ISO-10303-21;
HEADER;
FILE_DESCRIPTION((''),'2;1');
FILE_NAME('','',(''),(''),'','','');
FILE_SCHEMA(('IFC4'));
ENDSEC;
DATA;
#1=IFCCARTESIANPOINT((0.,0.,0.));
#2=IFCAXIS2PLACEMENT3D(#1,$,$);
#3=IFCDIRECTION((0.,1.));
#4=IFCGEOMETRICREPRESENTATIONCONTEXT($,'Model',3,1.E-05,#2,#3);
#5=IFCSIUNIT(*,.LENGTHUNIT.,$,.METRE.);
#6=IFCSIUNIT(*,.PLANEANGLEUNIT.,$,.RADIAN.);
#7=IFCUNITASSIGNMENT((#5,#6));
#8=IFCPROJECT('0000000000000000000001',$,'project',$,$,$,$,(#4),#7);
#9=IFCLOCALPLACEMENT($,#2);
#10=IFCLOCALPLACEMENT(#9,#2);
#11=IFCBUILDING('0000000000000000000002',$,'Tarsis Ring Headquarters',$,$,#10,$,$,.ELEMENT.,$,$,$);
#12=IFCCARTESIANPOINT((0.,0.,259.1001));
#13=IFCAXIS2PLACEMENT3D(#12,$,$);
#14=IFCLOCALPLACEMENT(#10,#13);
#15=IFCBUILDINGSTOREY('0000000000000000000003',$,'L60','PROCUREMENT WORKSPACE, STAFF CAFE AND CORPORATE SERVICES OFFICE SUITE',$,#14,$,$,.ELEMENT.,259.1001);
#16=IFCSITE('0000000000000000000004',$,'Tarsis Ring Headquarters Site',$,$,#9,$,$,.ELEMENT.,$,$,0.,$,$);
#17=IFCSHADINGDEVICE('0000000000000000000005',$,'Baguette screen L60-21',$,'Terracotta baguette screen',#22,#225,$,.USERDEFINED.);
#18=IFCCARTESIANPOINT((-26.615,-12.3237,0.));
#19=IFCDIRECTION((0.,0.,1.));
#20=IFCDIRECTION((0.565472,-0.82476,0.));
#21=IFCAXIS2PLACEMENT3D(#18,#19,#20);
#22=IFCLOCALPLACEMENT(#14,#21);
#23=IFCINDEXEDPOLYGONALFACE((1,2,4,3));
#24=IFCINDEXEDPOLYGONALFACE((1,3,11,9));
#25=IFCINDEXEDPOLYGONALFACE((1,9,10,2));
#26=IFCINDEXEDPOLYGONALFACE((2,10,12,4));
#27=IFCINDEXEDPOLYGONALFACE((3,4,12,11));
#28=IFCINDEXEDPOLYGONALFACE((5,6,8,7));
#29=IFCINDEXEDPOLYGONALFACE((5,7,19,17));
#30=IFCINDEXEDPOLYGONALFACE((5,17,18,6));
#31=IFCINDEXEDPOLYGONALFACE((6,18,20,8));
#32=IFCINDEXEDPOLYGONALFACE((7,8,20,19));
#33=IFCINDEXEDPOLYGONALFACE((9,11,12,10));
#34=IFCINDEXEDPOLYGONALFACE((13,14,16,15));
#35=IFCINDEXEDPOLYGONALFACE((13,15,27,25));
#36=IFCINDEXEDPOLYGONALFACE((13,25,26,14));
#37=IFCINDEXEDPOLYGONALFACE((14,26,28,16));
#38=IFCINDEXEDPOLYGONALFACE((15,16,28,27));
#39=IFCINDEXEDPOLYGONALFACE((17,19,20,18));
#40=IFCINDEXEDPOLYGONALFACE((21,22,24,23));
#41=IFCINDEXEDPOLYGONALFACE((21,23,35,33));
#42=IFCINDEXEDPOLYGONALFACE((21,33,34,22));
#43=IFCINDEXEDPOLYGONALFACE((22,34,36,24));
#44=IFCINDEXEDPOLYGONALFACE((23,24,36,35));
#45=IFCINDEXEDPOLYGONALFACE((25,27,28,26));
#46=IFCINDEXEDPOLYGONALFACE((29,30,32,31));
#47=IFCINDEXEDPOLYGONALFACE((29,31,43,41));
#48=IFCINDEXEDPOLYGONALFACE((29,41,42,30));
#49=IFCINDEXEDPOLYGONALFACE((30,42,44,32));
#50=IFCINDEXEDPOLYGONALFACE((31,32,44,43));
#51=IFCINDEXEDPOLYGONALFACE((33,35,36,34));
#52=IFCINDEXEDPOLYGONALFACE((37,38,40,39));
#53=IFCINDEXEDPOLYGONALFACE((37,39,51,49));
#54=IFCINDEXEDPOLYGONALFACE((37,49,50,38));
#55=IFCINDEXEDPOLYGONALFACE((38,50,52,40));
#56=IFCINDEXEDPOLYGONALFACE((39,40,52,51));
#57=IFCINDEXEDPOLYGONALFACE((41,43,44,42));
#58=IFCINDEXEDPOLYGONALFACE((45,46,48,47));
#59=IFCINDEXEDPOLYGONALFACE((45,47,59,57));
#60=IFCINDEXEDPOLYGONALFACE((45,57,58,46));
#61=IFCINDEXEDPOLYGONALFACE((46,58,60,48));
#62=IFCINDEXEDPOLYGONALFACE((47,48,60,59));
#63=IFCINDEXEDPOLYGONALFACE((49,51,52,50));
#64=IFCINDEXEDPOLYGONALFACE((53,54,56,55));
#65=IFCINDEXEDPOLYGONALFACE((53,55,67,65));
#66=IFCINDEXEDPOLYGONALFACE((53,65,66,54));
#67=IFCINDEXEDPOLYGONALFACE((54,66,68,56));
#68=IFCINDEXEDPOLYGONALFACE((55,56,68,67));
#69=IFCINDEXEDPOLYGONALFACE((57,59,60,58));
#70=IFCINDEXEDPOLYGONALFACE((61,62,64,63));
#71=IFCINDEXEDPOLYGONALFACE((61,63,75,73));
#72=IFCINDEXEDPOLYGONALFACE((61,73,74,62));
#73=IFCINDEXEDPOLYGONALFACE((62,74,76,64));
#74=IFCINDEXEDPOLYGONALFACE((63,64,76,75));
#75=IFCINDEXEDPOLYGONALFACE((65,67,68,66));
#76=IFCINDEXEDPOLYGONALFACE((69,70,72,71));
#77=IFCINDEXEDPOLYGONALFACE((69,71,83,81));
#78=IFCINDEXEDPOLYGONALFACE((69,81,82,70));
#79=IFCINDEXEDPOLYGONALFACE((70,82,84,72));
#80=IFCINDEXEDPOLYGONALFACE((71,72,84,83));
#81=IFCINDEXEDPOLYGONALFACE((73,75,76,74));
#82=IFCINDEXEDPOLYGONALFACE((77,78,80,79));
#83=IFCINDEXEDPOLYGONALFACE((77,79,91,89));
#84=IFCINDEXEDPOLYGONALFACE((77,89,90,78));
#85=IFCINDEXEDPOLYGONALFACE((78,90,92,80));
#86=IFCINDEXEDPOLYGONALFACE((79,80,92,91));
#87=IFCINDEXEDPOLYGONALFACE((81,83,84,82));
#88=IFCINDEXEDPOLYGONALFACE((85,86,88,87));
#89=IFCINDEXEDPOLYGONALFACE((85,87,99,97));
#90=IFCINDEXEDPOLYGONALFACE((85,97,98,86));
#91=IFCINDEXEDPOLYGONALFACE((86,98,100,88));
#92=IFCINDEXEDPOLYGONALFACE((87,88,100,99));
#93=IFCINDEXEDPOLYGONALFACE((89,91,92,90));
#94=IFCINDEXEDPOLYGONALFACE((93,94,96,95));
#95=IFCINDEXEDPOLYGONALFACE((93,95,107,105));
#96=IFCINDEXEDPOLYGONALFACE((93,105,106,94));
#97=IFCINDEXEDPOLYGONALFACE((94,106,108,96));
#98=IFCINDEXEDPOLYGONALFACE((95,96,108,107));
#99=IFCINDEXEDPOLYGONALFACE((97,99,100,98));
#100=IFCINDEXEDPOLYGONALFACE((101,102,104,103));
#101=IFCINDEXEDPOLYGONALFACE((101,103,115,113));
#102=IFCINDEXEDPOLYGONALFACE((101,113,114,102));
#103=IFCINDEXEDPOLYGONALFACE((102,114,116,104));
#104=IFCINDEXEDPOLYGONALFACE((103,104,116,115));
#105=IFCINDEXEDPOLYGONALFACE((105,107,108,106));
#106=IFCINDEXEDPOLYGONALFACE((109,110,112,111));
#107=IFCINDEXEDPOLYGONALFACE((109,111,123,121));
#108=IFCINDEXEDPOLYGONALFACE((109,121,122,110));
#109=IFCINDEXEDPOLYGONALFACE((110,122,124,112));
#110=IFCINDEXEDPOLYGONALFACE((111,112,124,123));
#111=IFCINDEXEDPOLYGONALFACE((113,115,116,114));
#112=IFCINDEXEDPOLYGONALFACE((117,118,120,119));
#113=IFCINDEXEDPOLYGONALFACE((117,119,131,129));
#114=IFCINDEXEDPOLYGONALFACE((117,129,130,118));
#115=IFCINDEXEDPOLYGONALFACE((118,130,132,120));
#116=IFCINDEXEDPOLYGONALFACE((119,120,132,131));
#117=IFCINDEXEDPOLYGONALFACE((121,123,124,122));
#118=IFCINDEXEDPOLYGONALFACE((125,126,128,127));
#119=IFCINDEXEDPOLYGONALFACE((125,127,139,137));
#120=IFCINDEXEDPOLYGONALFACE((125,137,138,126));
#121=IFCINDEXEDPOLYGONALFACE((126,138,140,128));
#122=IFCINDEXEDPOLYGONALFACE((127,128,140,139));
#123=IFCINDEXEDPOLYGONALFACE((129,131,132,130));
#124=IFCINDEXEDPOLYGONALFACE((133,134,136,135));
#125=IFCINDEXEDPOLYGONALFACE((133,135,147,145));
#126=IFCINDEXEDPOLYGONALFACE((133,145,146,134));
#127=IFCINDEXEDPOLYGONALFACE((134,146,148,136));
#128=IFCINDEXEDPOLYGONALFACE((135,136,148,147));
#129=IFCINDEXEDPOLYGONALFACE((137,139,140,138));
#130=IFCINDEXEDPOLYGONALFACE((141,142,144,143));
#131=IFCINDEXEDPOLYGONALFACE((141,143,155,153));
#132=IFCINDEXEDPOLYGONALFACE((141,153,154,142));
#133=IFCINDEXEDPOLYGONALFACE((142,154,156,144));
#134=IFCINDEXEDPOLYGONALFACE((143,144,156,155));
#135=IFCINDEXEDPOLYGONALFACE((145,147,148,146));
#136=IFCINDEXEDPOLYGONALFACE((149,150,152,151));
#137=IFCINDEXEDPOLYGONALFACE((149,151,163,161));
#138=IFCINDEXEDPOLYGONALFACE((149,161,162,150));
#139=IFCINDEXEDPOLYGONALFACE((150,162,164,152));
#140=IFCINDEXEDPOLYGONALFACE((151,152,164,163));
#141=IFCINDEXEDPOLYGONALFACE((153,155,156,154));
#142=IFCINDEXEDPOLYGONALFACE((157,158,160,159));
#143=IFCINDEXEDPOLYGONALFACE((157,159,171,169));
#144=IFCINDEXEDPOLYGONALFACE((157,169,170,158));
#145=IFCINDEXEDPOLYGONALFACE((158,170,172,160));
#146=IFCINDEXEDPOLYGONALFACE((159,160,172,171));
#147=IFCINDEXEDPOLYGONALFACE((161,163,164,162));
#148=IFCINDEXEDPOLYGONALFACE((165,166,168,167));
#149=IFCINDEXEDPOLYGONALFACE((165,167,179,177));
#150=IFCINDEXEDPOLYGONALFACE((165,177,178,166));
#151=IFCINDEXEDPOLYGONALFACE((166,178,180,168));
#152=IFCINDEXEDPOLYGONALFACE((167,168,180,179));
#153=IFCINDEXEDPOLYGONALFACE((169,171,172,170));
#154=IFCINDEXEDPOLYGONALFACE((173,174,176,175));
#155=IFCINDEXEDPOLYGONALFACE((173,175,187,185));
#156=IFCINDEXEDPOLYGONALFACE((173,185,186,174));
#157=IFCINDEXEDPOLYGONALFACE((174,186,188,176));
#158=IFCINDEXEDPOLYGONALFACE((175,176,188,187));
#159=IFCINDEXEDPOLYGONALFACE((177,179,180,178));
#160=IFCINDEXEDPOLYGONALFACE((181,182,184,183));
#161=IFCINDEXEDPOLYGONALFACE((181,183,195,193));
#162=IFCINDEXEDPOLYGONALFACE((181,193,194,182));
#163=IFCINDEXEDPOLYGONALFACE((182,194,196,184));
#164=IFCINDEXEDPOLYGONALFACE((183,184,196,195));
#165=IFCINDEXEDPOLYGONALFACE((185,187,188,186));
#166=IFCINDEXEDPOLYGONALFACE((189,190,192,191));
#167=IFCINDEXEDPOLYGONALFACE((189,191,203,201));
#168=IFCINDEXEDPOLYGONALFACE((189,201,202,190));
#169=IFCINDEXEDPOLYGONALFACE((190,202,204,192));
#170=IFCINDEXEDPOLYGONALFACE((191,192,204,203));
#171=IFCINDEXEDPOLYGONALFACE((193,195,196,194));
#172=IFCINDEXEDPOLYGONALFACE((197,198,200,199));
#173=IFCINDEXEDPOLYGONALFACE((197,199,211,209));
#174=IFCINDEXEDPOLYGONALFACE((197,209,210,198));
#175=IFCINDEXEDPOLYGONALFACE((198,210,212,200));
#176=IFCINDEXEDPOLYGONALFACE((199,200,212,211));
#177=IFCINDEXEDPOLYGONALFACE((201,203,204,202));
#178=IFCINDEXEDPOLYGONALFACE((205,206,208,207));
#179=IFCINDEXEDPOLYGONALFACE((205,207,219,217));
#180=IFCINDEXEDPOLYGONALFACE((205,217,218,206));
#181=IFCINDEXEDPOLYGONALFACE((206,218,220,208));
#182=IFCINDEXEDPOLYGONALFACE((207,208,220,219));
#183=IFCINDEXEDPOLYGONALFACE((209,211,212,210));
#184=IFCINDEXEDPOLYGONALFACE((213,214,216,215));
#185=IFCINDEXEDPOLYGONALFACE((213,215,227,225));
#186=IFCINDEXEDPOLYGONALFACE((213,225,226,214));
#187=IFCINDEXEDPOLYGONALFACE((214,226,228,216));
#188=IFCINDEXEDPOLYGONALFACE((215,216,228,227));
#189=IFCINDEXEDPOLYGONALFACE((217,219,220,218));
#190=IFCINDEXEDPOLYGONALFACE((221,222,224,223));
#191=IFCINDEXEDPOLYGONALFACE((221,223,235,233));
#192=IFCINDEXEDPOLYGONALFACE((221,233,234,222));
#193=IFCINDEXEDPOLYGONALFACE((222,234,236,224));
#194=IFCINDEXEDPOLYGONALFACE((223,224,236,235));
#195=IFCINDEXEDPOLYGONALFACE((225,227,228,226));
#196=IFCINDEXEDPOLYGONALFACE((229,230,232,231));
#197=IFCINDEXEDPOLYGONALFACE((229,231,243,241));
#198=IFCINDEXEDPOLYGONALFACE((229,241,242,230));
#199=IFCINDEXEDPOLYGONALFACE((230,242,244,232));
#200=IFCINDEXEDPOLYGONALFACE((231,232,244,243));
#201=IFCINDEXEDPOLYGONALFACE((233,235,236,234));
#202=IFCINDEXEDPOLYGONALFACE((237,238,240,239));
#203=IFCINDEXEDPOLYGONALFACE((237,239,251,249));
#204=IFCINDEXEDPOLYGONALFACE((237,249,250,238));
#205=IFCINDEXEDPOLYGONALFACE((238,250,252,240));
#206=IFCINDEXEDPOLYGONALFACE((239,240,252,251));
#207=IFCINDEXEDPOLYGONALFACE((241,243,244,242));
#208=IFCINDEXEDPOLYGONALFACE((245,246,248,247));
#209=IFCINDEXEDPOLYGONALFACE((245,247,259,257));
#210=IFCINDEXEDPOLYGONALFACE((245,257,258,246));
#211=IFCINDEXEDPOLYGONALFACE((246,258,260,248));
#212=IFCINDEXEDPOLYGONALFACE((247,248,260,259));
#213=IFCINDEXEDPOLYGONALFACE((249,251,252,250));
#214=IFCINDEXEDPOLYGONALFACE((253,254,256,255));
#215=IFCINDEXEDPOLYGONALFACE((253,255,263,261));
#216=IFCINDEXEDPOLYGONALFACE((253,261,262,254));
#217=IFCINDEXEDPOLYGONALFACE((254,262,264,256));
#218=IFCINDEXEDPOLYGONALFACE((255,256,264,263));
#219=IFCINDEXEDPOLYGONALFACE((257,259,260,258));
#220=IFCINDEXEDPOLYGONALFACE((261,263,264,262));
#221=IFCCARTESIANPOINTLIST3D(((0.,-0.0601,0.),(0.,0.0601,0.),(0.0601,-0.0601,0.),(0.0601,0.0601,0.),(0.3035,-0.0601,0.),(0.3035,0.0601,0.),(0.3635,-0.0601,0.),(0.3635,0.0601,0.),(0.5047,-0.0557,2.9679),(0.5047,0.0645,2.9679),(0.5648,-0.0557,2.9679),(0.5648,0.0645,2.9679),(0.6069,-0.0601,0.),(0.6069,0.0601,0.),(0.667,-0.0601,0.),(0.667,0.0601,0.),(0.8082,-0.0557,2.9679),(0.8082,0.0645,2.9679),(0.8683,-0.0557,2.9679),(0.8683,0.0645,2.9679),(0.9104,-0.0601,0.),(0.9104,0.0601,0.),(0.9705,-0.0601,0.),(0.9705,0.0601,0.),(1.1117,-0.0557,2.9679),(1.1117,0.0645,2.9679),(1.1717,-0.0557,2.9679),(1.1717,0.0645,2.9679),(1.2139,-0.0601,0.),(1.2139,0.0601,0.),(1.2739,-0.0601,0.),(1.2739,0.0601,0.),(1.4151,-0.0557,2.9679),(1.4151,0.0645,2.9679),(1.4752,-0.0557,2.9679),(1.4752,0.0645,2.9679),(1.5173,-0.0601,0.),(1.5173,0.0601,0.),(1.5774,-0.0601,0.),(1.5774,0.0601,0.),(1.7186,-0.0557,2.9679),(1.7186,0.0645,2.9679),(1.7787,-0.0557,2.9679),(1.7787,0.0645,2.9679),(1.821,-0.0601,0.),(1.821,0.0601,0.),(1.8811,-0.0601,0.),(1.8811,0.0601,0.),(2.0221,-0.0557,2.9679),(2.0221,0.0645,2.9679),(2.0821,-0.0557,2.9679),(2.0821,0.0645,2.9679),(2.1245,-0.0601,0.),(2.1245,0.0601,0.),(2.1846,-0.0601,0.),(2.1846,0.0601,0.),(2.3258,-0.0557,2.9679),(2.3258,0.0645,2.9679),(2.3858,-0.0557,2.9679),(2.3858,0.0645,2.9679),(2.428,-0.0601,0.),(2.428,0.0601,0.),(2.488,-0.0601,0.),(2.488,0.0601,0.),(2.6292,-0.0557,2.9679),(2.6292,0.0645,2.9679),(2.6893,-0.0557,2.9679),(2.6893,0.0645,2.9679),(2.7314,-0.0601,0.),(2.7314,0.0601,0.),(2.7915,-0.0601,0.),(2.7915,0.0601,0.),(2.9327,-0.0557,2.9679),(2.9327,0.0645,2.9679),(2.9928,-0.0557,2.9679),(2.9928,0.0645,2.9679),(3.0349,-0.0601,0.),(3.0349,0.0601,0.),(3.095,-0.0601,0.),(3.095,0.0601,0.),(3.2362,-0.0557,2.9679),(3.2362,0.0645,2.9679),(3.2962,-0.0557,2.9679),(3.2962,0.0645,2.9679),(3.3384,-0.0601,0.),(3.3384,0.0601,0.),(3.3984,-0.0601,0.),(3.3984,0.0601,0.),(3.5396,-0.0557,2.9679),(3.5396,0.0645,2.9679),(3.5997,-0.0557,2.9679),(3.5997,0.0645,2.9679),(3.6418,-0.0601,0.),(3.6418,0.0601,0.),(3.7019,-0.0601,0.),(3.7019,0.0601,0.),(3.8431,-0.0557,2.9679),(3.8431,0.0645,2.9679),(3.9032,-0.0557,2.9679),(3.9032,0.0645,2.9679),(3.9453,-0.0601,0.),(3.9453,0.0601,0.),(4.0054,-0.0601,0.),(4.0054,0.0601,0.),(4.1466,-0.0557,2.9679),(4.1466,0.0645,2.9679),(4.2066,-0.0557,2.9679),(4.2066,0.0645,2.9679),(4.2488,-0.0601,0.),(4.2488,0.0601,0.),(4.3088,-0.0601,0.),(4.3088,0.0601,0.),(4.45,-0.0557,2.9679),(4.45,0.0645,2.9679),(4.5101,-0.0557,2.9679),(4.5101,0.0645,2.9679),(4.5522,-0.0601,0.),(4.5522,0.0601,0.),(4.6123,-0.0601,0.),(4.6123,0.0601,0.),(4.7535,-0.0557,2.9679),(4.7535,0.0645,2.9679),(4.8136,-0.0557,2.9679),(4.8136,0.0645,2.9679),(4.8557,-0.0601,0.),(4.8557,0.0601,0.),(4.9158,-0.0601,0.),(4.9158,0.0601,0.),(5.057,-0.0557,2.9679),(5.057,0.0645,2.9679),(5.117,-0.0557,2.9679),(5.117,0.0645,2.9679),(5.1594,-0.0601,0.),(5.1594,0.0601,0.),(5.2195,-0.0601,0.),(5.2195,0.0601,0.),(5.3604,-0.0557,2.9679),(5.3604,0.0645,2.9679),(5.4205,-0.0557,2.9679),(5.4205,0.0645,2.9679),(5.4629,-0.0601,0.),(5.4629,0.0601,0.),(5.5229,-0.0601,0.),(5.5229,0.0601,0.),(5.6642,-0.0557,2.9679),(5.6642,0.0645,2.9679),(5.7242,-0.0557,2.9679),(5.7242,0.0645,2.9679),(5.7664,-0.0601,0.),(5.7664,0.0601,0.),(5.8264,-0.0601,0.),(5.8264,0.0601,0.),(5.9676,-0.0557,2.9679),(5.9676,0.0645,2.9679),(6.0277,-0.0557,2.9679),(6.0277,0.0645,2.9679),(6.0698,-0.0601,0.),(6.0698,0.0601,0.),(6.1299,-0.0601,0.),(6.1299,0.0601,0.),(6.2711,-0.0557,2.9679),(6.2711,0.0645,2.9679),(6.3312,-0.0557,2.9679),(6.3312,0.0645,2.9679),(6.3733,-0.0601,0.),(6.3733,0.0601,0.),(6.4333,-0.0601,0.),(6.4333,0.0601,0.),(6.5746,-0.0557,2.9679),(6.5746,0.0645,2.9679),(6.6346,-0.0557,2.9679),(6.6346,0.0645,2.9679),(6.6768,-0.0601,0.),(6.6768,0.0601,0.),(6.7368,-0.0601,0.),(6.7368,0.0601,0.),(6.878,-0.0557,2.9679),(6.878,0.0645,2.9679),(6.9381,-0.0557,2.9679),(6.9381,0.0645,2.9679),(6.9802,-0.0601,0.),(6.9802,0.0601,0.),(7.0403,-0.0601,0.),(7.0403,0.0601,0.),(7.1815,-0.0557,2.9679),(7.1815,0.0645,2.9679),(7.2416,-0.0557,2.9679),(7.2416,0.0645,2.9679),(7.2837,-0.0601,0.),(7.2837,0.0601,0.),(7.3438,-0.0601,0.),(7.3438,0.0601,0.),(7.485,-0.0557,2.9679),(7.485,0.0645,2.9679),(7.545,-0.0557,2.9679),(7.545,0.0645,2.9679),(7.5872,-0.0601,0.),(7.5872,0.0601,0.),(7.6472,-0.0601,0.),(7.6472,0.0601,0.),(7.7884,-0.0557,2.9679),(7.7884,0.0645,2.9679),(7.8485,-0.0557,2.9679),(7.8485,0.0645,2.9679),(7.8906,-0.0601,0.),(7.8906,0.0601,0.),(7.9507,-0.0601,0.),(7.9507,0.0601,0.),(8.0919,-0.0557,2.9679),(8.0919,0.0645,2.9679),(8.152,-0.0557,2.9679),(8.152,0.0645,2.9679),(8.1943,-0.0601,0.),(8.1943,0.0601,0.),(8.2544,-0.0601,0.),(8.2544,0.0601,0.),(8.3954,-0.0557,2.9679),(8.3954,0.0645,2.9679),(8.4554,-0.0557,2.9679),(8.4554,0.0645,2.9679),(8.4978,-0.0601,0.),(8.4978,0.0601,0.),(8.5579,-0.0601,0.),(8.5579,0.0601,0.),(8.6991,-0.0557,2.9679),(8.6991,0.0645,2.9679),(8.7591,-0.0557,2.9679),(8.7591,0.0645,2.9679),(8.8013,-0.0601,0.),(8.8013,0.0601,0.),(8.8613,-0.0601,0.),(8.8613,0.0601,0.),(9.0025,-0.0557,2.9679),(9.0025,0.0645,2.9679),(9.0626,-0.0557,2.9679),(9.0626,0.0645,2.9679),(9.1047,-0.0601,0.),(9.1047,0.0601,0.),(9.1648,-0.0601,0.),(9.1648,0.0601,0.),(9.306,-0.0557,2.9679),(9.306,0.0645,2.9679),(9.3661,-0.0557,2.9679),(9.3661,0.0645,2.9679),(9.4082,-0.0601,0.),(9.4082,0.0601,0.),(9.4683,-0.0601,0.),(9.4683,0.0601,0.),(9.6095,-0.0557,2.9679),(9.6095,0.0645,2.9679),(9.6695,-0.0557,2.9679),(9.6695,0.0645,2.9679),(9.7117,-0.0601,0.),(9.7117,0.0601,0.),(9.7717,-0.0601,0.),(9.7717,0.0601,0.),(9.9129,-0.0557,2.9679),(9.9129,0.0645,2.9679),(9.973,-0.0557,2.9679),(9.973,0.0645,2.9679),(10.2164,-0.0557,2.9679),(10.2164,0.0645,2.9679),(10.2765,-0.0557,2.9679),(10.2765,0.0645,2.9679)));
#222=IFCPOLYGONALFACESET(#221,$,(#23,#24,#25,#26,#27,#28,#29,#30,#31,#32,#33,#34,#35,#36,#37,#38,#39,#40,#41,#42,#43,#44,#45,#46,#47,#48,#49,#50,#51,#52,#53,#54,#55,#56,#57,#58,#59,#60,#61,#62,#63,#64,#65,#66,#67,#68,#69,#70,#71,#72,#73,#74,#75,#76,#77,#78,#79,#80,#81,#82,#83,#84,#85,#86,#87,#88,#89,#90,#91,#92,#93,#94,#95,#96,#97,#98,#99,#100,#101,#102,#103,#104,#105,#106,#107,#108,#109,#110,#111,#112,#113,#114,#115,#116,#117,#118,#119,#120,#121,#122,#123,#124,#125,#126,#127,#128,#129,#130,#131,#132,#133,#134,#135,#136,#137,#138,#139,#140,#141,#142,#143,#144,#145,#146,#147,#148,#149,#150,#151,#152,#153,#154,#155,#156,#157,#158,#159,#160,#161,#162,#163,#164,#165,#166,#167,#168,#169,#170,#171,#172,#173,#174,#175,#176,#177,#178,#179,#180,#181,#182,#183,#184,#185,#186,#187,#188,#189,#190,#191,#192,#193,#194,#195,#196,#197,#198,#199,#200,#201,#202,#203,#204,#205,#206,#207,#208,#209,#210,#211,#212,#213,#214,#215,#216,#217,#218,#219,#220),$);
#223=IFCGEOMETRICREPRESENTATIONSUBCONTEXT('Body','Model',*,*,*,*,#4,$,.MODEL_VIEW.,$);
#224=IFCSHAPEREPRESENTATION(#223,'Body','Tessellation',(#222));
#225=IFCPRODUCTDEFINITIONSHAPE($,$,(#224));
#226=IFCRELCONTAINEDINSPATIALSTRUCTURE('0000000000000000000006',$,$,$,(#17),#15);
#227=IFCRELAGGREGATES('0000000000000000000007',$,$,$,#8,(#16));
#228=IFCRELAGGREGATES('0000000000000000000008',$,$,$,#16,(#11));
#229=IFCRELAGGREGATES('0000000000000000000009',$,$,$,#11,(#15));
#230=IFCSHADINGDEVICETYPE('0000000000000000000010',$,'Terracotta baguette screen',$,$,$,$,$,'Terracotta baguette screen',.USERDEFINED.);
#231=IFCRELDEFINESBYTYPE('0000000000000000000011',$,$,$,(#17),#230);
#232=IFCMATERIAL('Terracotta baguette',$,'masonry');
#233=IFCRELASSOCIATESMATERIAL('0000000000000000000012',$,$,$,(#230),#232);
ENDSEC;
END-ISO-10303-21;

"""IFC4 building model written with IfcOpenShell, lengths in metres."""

from ifc_helpers import new_model, si_unit, direction, frame, frame_2d, origin, place, context, subcontext, project, spatial, rectangle, composite_profile, extrude, material, type_object, element, save


model = new_model("IFC4")

# Units and contexts
model_context = context("Model", 3, precision=1e-05, world=origin(), true_north=direction((0.0, 1.0)))
body_context = subcontext(model_context, "Body", "Model", "MODEL_VIEW")
ifc_project = project(units=[si_unit("LENGTHUNIT", "METRE"), si_unit("PLANEANGLEUNIT", "RADIAN")], contexts=[model_context])

# Site, building, storey
site_placement = place(None, origin())
site = spatial("IfcSite", under=ifc_project, at=site_placement, Name="Tarsis Ring Headquarters Site", CompositionType="ELEMENT", RefElevation=0.0)
building_placement = place(site_placement, origin())
building = spatial("IfcBuilding", under=site, at=building_placement, Name="Tarsis Ring Headquarters", CompositionType="ELEMENT")
storey_placement = place(building_placement, frame((0.0, 0.0, 259.1001)))
storey = spatial("IfcBuildingStorey", under=building, at=storey_placement, Name="L60", Description="PROCUREMENT WORKSPACE, STAFF CAFE AND CORPORATE SERVICES OFFICE SUITE", CompositionType="ELEMENT", Elevation=259.1001)

# Shading device
ifc_material_1 = material(Name="Terracotta baguette", Category="masonry")
shading_device_type_1 = type_object("IfcShadingDeviceType", Name="Terracotta baguette screen", ElementType="Terracotta baguette screen", PredefinedType="USERDEFINED", material=ifc_material_1)
shading_device_1_placement = place(storey_placement, frame((-26.615, -12.3237, 0.0), z_axis=(0.0, 0.0, 1.0), x_axis=(0.565472, -0.82476, 0.0)))
element("IfcShadingDevice", 1, at=shading_device_1_placement, inside=storey, type_object=shading_device_type_1, Name="Baguette screen L60-21", ObjectType="Terracotta baguette screen", PredefinedType="USERDEFINED", context=body_context, shape_type="SweptSolid", body=[
    extrude(composite_profile([rectangle(XDim=0.0601, YDim=0.1201, at=frame_2d((0.03, 0.0))), rectangle(XDim=0.0601, YDim=0.1201, at=frame_2d((0.3335, 0.0))), rectangle(XDim=0.0601, YDim=0.1201, at=frame_2d((0.637, 0.0))), rectangle(XDim=0.0601, YDim=0.1201, at=frame_2d((0.9404, 0.0))), rectangle(XDim=0.0601, YDim=0.1201, at=frame_2d((1.2439, 0.0))), rectangle(XDim=0.0601, YDim=0.1201, at=frame_2d((1.5474, 0.0))), rectangle(XDim=0.0601, YDim=0.1201, at=frame_2d((1.8511, 0.0))), rectangle(XDim=0.0601, YDim=0.1201, at=frame_2d((2.1545, 0.0))), rectangle(XDim=0.0601, YDim=0.1201, at=frame_2d((2.458, 0.0))), rectangle(XDim=0.0601, YDim=0.1201, at=frame_2d((2.7615, 0.0))), rectangle(XDim=0.0601, YDim=0.1201, at=frame_2d((3.0649, 0.0))), rectangle(XDim=0.0601, YDim=0.1201, at=frame_2d((3.3684, 0.0))), rectangle(XDim=0.0601, YDim=0.1201, at=frame_2d((3.6719, 0.0))), rectangle(XDim=0.0601, YDim=0.1201, at=frame_2d((3.9753, 0.0))), rectangle(XDim=0.0601, YDim=0.1201, at=frame_2d((4.2788, 0.0))), rectangle(XDim=0.0601, YDim=0.1201, at=frame_2d((4.5823, 0.0))), rectangle(XDim=0.0601, YDim=0.1201, at=frame_2d((4.8857, 0.0))), rectangle(XDim=0.0601, YDim=0.1201, at=frame_2d((5.1895, 0.0))), rectangle(XDim=0.0601, YDim=0.1201, at=frame_2d((5.4929, 0.0))), rectangle(XDim=0.0601, YDim=0.1201, at=frame_2d((5.7964, 0.0))), rectangle(XDim=0.0601, YDim=0.1201, at=frame_2d((6.0999, 0.0))), rectangle(XDim=0.0601, YDim=0.1201, at=frame_2d((6.4033, 0.0))), rectangle(XDim=0.0601, YDim=0.1201, at=frame_2d((6.7068, 0.0))), rectangle(XDim=0.0601, YDim=0.1201, at=frame_2d((7.0103, 0.0))), rectangle(XDim=0.0601, YDim=0.1201, at=frame_2d((7.3137, 0.0))), rectangle(XDim=0.0601, YDim=0.1201, at=frame_2d((7.6172, 0.0))), rectangle(XDim=0.0601, YDim=0.1201, at=frame_2d((7.9207, 0.0))), rectangle(XDim=0.0601, YDim=0.1201, at=frame_2d((8.2244, 0.0))), rectangle(XDim=0.0601, YDim=0.1201, at=frame_2d((8.5278, 0.0))), rectangle(XDim=0.0601, YDim=0.1201, at=frame_2d((8.8313, 0.0))), rectangle(XDim=0.0601, YDim=0.1201, at=frame_2d((9.1348, 0.0))), rectangle(XDim=0.0601, YDim=0.1201, at=frame_2d((9.4382, 0.0))), rectangle(XDim=0.0601, YDim=0.1201, at=frame_2d((9.7417, 0.0)))]), origin(), (0.167659, 0.001462, 0.985844), 3.0105),
])

save(model, "model.ifc")
